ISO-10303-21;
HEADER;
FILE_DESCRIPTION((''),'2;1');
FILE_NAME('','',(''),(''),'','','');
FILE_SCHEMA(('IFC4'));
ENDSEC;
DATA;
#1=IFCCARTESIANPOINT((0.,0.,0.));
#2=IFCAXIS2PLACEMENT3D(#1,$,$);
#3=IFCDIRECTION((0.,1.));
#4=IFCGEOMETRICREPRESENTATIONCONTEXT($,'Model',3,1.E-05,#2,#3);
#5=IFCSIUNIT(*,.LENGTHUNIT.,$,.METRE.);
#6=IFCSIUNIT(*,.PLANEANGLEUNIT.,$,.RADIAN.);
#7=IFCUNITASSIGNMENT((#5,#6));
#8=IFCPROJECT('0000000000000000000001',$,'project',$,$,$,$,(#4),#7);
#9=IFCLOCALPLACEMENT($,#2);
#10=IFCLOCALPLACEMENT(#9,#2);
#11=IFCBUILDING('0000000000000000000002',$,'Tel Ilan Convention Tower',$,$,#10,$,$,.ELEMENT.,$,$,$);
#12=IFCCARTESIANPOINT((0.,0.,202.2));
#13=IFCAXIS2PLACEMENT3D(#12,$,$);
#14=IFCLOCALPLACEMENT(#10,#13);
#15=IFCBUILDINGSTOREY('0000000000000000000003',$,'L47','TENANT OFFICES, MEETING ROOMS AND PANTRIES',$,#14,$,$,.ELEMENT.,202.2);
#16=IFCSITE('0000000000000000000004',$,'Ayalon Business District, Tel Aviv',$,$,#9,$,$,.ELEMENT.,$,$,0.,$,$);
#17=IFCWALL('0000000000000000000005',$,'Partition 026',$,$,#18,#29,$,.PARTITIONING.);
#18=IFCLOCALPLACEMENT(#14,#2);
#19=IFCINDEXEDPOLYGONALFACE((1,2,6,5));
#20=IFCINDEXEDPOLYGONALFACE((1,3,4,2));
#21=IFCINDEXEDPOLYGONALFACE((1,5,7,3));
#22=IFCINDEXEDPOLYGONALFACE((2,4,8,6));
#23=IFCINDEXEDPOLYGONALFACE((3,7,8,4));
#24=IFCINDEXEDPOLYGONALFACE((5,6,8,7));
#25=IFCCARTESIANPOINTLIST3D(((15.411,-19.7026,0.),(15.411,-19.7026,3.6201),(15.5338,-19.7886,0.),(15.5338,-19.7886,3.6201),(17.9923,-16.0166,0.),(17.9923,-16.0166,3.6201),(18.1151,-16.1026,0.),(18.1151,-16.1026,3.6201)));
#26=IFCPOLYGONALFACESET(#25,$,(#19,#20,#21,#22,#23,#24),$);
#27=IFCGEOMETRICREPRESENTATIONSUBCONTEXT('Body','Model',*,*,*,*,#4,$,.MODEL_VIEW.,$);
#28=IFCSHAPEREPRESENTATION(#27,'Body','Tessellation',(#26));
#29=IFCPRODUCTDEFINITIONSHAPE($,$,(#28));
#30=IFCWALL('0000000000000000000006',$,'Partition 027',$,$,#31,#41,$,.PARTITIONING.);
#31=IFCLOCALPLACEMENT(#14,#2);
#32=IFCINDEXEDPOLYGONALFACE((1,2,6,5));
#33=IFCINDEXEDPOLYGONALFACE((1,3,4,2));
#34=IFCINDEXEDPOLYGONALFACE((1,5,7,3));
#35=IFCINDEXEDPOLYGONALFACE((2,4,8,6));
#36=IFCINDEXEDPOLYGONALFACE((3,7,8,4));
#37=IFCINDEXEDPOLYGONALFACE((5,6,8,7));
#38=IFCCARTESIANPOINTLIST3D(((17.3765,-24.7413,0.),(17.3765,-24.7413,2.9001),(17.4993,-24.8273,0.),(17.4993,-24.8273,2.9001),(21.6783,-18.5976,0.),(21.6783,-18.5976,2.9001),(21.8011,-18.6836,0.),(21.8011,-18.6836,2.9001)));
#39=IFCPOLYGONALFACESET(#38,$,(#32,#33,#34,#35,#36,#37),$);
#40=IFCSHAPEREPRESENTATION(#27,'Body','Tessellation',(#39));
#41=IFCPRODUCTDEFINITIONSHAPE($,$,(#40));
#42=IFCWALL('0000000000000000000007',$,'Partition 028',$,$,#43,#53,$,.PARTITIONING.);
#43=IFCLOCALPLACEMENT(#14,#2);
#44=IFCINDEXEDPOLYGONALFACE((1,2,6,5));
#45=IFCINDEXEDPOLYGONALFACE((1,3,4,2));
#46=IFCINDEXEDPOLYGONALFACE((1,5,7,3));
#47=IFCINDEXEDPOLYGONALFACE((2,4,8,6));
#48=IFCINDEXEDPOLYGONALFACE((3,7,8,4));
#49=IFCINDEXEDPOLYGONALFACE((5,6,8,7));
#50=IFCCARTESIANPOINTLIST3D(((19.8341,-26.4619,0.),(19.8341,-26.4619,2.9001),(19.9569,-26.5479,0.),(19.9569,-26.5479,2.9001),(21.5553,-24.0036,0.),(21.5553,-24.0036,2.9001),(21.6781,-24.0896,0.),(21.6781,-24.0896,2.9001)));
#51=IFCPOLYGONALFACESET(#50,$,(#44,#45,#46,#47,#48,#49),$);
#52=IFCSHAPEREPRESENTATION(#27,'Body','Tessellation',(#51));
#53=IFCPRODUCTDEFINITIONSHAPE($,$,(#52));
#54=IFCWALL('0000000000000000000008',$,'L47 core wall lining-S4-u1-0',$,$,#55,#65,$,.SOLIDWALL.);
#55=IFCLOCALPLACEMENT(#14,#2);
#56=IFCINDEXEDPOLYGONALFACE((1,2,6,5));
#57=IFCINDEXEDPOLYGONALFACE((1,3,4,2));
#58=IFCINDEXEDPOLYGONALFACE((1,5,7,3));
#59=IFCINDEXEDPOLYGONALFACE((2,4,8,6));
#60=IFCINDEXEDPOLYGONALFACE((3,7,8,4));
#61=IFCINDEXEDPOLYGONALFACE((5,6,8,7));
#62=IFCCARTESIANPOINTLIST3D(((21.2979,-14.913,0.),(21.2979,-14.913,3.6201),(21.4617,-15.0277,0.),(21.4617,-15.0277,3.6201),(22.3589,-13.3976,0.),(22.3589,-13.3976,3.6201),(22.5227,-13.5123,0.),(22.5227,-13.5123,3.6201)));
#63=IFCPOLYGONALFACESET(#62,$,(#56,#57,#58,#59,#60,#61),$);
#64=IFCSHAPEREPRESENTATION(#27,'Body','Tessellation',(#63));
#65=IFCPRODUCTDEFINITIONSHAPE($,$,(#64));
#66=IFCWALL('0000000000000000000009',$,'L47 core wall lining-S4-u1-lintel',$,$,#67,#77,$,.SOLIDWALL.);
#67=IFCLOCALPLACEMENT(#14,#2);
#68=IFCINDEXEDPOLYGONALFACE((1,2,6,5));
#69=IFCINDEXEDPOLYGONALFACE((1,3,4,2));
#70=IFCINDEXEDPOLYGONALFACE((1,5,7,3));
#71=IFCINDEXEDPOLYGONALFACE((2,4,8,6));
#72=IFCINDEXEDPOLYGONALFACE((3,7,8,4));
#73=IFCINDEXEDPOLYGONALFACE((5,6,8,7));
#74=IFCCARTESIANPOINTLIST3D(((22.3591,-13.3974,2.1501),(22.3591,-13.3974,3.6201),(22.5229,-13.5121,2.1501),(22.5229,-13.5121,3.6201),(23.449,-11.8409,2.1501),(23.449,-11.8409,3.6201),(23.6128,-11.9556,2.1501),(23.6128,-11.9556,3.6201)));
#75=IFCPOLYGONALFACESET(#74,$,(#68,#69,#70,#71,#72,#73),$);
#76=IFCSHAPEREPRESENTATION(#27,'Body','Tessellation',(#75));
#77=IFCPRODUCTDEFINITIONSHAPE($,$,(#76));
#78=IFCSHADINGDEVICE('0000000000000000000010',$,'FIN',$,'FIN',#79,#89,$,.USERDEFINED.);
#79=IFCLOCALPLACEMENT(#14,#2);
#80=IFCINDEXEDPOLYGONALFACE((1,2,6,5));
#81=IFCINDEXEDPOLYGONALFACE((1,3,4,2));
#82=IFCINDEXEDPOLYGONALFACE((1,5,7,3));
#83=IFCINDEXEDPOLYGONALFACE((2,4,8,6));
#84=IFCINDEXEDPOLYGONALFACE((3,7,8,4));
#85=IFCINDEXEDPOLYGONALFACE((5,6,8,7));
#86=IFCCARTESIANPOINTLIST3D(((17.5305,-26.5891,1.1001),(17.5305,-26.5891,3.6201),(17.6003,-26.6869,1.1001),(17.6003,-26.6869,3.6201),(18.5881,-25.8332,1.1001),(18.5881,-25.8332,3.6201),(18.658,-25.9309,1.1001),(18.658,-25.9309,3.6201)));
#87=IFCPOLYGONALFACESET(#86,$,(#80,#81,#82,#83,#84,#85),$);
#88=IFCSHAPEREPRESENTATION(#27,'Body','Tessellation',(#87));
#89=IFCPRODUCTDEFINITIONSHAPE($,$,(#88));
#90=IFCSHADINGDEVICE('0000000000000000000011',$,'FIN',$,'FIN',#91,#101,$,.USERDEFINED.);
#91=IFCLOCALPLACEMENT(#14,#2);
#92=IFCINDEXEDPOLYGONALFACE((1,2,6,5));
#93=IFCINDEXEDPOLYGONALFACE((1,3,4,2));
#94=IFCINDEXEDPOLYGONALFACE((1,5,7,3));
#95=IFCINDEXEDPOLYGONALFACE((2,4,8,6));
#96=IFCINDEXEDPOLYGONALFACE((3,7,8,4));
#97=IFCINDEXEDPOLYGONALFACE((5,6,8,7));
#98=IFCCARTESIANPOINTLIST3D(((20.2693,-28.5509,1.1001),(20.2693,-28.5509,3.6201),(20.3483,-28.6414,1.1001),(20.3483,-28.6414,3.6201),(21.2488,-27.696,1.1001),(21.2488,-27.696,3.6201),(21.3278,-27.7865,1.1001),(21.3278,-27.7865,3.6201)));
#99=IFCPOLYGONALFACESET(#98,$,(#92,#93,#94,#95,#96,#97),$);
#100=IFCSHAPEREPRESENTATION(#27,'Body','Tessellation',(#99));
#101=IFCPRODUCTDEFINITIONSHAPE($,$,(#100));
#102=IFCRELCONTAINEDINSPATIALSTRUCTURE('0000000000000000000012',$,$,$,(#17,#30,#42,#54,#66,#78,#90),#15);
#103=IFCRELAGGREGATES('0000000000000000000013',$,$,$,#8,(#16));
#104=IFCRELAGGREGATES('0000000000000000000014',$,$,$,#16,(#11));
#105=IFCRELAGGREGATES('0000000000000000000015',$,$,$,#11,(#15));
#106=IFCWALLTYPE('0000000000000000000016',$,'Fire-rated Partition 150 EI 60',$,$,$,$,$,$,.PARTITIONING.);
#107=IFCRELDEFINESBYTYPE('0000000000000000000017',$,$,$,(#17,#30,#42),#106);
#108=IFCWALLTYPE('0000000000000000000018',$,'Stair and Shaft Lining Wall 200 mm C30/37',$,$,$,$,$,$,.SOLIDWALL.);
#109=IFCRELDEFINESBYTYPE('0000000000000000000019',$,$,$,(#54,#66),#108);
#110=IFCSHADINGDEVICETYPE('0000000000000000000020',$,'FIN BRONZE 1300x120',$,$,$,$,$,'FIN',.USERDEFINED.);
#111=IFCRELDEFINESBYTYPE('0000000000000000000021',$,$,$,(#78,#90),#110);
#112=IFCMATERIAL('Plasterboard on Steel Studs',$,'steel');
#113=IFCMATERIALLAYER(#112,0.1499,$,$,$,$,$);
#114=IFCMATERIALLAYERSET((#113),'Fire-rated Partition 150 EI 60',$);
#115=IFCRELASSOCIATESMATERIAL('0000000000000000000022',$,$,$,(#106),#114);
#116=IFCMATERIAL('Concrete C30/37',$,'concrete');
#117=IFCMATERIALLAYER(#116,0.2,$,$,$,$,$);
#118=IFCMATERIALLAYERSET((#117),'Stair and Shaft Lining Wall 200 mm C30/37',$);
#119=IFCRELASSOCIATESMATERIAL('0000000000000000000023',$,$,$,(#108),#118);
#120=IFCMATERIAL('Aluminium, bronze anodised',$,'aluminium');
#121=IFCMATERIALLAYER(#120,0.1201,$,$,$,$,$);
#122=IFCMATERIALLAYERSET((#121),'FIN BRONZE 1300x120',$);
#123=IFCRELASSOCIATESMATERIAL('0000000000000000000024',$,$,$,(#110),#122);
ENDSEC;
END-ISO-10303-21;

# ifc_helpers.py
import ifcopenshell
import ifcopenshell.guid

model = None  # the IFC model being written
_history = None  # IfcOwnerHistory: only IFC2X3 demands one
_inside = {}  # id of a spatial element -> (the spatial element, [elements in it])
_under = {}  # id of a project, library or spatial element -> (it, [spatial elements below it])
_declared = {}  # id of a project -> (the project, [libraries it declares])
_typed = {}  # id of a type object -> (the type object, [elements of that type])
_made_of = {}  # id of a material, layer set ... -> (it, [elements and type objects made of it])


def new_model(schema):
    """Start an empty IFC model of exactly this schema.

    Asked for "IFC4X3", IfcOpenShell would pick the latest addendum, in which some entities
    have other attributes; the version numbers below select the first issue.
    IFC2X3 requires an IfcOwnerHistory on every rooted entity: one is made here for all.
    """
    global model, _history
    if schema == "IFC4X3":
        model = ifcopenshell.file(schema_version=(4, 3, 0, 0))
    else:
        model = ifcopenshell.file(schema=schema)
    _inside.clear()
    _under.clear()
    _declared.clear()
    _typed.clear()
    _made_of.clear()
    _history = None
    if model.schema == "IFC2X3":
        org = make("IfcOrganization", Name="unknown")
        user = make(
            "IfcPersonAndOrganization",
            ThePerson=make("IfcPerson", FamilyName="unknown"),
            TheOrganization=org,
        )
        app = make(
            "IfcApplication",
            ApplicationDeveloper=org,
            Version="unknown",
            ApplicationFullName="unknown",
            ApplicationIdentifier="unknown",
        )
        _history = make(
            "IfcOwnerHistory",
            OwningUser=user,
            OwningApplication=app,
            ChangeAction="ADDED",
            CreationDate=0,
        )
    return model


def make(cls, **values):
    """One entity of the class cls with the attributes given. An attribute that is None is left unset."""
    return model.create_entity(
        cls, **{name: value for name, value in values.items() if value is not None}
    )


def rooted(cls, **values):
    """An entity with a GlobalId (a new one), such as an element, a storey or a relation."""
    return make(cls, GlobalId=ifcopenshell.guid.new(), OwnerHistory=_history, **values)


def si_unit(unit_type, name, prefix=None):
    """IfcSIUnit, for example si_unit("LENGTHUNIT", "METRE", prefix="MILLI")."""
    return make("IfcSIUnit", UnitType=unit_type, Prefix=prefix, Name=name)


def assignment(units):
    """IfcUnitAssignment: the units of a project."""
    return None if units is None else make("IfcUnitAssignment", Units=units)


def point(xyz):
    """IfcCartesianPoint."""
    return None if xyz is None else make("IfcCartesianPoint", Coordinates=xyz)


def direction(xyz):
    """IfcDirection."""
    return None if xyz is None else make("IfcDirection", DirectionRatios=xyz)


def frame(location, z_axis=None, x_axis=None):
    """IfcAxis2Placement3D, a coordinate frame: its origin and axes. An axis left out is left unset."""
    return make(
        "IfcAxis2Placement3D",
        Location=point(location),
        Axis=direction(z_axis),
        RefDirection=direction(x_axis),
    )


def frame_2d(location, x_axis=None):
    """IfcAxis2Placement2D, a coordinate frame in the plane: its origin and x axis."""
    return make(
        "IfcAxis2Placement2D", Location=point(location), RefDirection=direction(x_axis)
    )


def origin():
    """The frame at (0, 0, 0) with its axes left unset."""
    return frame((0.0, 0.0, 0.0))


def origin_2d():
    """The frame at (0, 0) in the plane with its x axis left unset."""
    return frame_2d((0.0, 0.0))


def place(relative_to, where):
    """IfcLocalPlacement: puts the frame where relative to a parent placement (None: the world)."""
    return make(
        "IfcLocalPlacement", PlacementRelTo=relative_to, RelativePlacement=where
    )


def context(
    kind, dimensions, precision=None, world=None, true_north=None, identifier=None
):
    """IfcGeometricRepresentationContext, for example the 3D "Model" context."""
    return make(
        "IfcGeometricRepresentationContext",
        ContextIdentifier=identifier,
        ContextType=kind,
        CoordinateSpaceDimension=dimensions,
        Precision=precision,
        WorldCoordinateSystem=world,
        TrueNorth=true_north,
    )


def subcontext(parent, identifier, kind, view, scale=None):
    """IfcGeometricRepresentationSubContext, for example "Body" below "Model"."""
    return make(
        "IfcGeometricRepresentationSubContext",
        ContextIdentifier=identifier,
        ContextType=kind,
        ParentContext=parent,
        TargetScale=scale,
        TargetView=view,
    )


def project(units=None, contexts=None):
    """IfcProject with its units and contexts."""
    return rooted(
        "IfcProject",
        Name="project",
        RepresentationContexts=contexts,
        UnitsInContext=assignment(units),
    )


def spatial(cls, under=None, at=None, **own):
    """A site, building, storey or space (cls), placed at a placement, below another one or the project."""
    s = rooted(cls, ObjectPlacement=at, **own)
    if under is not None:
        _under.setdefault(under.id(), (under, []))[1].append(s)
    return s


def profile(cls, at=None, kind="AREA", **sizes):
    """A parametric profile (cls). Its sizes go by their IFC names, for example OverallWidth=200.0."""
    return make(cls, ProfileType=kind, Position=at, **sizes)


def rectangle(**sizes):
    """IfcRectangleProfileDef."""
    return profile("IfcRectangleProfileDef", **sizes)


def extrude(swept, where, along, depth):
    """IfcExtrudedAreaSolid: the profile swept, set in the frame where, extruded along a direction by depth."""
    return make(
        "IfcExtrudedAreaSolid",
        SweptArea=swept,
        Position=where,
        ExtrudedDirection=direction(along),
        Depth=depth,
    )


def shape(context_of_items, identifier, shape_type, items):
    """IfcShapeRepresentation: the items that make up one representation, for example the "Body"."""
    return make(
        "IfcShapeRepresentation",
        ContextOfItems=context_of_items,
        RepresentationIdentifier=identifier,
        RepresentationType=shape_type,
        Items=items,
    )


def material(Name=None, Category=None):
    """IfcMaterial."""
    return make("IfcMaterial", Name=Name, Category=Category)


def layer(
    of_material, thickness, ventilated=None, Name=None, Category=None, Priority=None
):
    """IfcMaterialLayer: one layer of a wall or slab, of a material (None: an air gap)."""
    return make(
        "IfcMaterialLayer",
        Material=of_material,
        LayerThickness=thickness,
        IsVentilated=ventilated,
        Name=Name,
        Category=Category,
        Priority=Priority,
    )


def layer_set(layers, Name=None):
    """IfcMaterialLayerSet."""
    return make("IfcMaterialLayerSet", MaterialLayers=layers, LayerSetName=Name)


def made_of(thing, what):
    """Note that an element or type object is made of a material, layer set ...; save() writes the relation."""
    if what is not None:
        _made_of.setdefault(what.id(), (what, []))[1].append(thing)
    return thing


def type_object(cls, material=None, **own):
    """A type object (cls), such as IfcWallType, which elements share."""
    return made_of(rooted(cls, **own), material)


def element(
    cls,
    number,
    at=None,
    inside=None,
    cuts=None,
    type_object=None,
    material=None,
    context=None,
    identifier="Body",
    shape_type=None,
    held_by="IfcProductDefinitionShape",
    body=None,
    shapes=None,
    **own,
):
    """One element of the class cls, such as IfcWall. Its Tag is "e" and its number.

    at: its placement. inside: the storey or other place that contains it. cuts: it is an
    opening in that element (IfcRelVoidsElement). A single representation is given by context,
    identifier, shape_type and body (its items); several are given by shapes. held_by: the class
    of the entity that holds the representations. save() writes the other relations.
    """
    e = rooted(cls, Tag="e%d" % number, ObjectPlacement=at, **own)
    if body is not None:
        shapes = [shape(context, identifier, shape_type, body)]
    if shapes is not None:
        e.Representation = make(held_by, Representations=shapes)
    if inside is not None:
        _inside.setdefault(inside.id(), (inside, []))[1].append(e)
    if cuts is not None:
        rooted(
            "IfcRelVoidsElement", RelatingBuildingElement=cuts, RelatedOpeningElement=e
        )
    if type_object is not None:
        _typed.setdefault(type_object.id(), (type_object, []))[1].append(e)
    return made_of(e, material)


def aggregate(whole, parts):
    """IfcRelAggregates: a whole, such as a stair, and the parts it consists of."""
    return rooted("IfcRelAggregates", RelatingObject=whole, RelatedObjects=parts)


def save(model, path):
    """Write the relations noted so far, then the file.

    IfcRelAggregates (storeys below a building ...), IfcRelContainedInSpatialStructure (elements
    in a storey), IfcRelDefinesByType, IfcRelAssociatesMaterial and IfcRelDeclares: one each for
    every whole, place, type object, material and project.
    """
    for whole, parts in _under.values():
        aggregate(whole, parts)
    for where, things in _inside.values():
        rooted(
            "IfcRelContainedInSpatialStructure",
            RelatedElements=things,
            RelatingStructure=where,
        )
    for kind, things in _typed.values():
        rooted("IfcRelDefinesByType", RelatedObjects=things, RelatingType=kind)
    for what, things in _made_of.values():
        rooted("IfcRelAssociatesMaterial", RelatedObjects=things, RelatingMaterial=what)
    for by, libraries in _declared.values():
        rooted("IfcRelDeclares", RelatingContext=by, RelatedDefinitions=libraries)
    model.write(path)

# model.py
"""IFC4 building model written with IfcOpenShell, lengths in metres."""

from ifc_helpers import new_model, si_unit, direction, frame, frame_2d, origin, origin_2d, place, context, subcontext, project, spatial, rectangle, extrude, material, layer, layer_set, type_object, element, save


model = new_model("IFC4")

# Units and contexts
model_context = context("Model", 3, precision=1e-05, world=origin(), true_north=direction((0.0, 1.0)))
body_context = subcontext(model_context, "Body", "Model", "MODEL_VIEW")
ifc_project = project(units=[si_unit("LENGTHUNIT", "METRE"), si_unit("PLANEANGLEUNIT", "RADIAN")], contexts=[model_context])

# Site, building, storey
site_placement = place(None, origin())
site = spatial("IfcSite", under=ifc_project, at=site_placement, Name="Ayalon Business District, Tel Aviv", CompositionType="ELEMENT", RefElevation=0.0)
building_placement = place(site_placement, origin())
building = spatial("IfcBuilding", under=site, at=building_placement, Name="Tel Ilan Convention Tower", CompositionType="ELEMENT")
storey_placement = place(building_placement, frame((0.0, 0.0, 202.2)))
storey = spatial("IfcBuildingStorey", under=building, at=storey_placement, Name="L47", Description="TENANT OFFICES, MEETING ROOMS AND PANTRIES", CompositionType="ELEMENT", Elevation=202.2)

# Shared definitions
ifc_material_1 = material(Name="Plasterboard on Steel Studs", Category="steel")
ifc_layer_1 = layer(ifc_material_1, 0.1499)
ifc_layer_set_1 = layer_set([ifc_layer_1], Name="Fire-rated Partition 150 EI 60")
wall_type_1 = type_object("IfcWallType", Name="Fire-rated Partition 150 EI 60", PredefinedType="PARTITIONING", material=ifc_layer_set_1)

# Walls
wall_1_placement = place(storey_placement, frame((18.0537, -16.0596, 0.0), z_axis=(0.0, 0.0, 1.0), x_axis=(-0.573623, -0.81912, 0.0)))
element("IfcWall", 1, at=wall_1_placement, inside=storey, type_object=wall_type_1, Name="Partition 026", PredefinedType="PARTITIONING", context=body_context, shape_type="SweptSolid", body=[
    extrude(rectangle(XDim=4.5, YDim=0.1499, at=frame_2d((2.25, 0.0))), origin(), (0.0, 0.0, 1.0), 3.6201),
])
wall_2_placement = place(storey_placement, frame((21.7397, -18.6406, 0.0), z_axis=(0.0, 0.0, 1.0), x_axis=(-0.573576, -0.819152, 0.0)))
element("IfcWall", 2, at=wall_2_placement, inside=storey, type_object=wall_type_1, Name="Partition 027", PredefinedType="PARTITIONING", context=body_context, shape_type="SweptSolid", body=[
    extrude(rectangle(XDim=7.5, YDim=0.1499, at=frame_2d((3.75, 0.0))), origin(), (0.0, 0.0, 1.0), 2.9001),
])
wall_3_placement = place(storey_placement, frame((21.6167, -24.0466, 0.0), z_axis=(0.0, 0.0, 1.0), x_axis=(-0.573555, -0.819167, 0.0)))
element("IfcWall", 3, at=wall_3_placement, inside=storey, type_object=wall_type_1, Name="Partition 028", PredefinedType="PARTITIONING", context=body_context, shape_type="SweptSolid", body=[
    extrude(rectangle(XDim=3.001, YDim=0.1499, at=frame_2d((1.5005, 0.0))), origin(), (0.0, 0.0, 1.0), 2.9001),
])
ifc_material_2 = material(Name="Concrete C30/37", Category="concrete")
ifc_layer_2 = layer(ifc_material_2, 0.2)
ifc_layer_set_2 = layer_set([ifc_layer_2], Name="Stair and Shaft Lining Wall 200 mm C30/37")
wall_type_2 = type_object("IfcWallType", Name="Stair and Shaft Lining Wall 200 mm C30/37", PredefinedType="SOLIDWALL", material=ifc_layer_set_2)
wall_4_placement = place(storey_placement, frame((21.3799, -14.9702, 0.0), z_axis=(0.0, 0.0, 1.0), x_axis=(0.57356, 0.819164, 0.0)))
element("IfcWall", 4, at=wall_4_placement, inside=storey, type_object=wall_type_2, Name="L47 core wall lining-S4-u1-0", PredefinedType="SOLIDWALL", context=body_context, shape_type="SweptSolid", body=[
    extrude(rectangle(XDim=1.8499, YDim=0.2, at=frame_2d((0.9248, 0.0))), origin(), (0.0, 0.0, 1.0), 3.6201),
])
wall_5_placement = place(storey_placement, frame((22.4409, -13.4548, 2.1501), z_axis=(0.0, 0.0, 1.0), x_axis=(0.573592, 0.819141, 0.0)))
element("IfcWall", 5, at=wall_5_placement, inside=storey, type_object=wall_type_2, Name="L47 core wall lining-S4-u1-lintel", PredefinedType="SOLIDWALL", context=body_context, shape_type="SweptSolid", body=[
    extrude(rectangle(XDim=1.9001, YDim=0.2, at=frame_2d((0.9502, 0.0))), origin(), (0.0, 0.0, 1.0), 1.47),
])

# Shading devices
ifc_material_3 = material(Name="Aluminium, bronze anodised", Category="aluminium")
ifc_layer_3 = layer(ifc_material_3, 0.1201)
ifc_layer_set_3 = layer_set([ifc_layer_3], Name="FIN BRONZE 1300x120")
shading_device_type = type_object("IfcShadingDeviceType", Name="FIN BRONZE 1300x120", ElementType="FIN", PredefinedType="USERDEFINED", material=ifc_layer_set_3)
for number, where, z_axis, x_axis, name in (
    (6, (18.0942, -26.26, 1.1001), (0.0, 0.0, 1.0), (-0.813552, -0.581492, 0.0), "FIN"),
    (7, (20.7986, -28.1687, 1.1001), (0.0, 0.0, 1.0), (-0.753436, -0.657521, 0.0), "FIN"),
):
    element("IfcShadingDevice", number, at=place(storey_placement, frame(where, z_axis=z_axis, x_axis=x_axis)), inside=storey, type_object=shading_device_type, Name=name, ObjectType="FIN", PredefinedType="USERDEFINED", context=body_context, shape_type="SweptSolid", body=[
        extrude(rectangle(XDim=1.3, YDim=0.1201, at=origin_2d()), origin(), (0.0, 0.0, 1.0), 2.52),
    ])

save(model, "model.ifc")
